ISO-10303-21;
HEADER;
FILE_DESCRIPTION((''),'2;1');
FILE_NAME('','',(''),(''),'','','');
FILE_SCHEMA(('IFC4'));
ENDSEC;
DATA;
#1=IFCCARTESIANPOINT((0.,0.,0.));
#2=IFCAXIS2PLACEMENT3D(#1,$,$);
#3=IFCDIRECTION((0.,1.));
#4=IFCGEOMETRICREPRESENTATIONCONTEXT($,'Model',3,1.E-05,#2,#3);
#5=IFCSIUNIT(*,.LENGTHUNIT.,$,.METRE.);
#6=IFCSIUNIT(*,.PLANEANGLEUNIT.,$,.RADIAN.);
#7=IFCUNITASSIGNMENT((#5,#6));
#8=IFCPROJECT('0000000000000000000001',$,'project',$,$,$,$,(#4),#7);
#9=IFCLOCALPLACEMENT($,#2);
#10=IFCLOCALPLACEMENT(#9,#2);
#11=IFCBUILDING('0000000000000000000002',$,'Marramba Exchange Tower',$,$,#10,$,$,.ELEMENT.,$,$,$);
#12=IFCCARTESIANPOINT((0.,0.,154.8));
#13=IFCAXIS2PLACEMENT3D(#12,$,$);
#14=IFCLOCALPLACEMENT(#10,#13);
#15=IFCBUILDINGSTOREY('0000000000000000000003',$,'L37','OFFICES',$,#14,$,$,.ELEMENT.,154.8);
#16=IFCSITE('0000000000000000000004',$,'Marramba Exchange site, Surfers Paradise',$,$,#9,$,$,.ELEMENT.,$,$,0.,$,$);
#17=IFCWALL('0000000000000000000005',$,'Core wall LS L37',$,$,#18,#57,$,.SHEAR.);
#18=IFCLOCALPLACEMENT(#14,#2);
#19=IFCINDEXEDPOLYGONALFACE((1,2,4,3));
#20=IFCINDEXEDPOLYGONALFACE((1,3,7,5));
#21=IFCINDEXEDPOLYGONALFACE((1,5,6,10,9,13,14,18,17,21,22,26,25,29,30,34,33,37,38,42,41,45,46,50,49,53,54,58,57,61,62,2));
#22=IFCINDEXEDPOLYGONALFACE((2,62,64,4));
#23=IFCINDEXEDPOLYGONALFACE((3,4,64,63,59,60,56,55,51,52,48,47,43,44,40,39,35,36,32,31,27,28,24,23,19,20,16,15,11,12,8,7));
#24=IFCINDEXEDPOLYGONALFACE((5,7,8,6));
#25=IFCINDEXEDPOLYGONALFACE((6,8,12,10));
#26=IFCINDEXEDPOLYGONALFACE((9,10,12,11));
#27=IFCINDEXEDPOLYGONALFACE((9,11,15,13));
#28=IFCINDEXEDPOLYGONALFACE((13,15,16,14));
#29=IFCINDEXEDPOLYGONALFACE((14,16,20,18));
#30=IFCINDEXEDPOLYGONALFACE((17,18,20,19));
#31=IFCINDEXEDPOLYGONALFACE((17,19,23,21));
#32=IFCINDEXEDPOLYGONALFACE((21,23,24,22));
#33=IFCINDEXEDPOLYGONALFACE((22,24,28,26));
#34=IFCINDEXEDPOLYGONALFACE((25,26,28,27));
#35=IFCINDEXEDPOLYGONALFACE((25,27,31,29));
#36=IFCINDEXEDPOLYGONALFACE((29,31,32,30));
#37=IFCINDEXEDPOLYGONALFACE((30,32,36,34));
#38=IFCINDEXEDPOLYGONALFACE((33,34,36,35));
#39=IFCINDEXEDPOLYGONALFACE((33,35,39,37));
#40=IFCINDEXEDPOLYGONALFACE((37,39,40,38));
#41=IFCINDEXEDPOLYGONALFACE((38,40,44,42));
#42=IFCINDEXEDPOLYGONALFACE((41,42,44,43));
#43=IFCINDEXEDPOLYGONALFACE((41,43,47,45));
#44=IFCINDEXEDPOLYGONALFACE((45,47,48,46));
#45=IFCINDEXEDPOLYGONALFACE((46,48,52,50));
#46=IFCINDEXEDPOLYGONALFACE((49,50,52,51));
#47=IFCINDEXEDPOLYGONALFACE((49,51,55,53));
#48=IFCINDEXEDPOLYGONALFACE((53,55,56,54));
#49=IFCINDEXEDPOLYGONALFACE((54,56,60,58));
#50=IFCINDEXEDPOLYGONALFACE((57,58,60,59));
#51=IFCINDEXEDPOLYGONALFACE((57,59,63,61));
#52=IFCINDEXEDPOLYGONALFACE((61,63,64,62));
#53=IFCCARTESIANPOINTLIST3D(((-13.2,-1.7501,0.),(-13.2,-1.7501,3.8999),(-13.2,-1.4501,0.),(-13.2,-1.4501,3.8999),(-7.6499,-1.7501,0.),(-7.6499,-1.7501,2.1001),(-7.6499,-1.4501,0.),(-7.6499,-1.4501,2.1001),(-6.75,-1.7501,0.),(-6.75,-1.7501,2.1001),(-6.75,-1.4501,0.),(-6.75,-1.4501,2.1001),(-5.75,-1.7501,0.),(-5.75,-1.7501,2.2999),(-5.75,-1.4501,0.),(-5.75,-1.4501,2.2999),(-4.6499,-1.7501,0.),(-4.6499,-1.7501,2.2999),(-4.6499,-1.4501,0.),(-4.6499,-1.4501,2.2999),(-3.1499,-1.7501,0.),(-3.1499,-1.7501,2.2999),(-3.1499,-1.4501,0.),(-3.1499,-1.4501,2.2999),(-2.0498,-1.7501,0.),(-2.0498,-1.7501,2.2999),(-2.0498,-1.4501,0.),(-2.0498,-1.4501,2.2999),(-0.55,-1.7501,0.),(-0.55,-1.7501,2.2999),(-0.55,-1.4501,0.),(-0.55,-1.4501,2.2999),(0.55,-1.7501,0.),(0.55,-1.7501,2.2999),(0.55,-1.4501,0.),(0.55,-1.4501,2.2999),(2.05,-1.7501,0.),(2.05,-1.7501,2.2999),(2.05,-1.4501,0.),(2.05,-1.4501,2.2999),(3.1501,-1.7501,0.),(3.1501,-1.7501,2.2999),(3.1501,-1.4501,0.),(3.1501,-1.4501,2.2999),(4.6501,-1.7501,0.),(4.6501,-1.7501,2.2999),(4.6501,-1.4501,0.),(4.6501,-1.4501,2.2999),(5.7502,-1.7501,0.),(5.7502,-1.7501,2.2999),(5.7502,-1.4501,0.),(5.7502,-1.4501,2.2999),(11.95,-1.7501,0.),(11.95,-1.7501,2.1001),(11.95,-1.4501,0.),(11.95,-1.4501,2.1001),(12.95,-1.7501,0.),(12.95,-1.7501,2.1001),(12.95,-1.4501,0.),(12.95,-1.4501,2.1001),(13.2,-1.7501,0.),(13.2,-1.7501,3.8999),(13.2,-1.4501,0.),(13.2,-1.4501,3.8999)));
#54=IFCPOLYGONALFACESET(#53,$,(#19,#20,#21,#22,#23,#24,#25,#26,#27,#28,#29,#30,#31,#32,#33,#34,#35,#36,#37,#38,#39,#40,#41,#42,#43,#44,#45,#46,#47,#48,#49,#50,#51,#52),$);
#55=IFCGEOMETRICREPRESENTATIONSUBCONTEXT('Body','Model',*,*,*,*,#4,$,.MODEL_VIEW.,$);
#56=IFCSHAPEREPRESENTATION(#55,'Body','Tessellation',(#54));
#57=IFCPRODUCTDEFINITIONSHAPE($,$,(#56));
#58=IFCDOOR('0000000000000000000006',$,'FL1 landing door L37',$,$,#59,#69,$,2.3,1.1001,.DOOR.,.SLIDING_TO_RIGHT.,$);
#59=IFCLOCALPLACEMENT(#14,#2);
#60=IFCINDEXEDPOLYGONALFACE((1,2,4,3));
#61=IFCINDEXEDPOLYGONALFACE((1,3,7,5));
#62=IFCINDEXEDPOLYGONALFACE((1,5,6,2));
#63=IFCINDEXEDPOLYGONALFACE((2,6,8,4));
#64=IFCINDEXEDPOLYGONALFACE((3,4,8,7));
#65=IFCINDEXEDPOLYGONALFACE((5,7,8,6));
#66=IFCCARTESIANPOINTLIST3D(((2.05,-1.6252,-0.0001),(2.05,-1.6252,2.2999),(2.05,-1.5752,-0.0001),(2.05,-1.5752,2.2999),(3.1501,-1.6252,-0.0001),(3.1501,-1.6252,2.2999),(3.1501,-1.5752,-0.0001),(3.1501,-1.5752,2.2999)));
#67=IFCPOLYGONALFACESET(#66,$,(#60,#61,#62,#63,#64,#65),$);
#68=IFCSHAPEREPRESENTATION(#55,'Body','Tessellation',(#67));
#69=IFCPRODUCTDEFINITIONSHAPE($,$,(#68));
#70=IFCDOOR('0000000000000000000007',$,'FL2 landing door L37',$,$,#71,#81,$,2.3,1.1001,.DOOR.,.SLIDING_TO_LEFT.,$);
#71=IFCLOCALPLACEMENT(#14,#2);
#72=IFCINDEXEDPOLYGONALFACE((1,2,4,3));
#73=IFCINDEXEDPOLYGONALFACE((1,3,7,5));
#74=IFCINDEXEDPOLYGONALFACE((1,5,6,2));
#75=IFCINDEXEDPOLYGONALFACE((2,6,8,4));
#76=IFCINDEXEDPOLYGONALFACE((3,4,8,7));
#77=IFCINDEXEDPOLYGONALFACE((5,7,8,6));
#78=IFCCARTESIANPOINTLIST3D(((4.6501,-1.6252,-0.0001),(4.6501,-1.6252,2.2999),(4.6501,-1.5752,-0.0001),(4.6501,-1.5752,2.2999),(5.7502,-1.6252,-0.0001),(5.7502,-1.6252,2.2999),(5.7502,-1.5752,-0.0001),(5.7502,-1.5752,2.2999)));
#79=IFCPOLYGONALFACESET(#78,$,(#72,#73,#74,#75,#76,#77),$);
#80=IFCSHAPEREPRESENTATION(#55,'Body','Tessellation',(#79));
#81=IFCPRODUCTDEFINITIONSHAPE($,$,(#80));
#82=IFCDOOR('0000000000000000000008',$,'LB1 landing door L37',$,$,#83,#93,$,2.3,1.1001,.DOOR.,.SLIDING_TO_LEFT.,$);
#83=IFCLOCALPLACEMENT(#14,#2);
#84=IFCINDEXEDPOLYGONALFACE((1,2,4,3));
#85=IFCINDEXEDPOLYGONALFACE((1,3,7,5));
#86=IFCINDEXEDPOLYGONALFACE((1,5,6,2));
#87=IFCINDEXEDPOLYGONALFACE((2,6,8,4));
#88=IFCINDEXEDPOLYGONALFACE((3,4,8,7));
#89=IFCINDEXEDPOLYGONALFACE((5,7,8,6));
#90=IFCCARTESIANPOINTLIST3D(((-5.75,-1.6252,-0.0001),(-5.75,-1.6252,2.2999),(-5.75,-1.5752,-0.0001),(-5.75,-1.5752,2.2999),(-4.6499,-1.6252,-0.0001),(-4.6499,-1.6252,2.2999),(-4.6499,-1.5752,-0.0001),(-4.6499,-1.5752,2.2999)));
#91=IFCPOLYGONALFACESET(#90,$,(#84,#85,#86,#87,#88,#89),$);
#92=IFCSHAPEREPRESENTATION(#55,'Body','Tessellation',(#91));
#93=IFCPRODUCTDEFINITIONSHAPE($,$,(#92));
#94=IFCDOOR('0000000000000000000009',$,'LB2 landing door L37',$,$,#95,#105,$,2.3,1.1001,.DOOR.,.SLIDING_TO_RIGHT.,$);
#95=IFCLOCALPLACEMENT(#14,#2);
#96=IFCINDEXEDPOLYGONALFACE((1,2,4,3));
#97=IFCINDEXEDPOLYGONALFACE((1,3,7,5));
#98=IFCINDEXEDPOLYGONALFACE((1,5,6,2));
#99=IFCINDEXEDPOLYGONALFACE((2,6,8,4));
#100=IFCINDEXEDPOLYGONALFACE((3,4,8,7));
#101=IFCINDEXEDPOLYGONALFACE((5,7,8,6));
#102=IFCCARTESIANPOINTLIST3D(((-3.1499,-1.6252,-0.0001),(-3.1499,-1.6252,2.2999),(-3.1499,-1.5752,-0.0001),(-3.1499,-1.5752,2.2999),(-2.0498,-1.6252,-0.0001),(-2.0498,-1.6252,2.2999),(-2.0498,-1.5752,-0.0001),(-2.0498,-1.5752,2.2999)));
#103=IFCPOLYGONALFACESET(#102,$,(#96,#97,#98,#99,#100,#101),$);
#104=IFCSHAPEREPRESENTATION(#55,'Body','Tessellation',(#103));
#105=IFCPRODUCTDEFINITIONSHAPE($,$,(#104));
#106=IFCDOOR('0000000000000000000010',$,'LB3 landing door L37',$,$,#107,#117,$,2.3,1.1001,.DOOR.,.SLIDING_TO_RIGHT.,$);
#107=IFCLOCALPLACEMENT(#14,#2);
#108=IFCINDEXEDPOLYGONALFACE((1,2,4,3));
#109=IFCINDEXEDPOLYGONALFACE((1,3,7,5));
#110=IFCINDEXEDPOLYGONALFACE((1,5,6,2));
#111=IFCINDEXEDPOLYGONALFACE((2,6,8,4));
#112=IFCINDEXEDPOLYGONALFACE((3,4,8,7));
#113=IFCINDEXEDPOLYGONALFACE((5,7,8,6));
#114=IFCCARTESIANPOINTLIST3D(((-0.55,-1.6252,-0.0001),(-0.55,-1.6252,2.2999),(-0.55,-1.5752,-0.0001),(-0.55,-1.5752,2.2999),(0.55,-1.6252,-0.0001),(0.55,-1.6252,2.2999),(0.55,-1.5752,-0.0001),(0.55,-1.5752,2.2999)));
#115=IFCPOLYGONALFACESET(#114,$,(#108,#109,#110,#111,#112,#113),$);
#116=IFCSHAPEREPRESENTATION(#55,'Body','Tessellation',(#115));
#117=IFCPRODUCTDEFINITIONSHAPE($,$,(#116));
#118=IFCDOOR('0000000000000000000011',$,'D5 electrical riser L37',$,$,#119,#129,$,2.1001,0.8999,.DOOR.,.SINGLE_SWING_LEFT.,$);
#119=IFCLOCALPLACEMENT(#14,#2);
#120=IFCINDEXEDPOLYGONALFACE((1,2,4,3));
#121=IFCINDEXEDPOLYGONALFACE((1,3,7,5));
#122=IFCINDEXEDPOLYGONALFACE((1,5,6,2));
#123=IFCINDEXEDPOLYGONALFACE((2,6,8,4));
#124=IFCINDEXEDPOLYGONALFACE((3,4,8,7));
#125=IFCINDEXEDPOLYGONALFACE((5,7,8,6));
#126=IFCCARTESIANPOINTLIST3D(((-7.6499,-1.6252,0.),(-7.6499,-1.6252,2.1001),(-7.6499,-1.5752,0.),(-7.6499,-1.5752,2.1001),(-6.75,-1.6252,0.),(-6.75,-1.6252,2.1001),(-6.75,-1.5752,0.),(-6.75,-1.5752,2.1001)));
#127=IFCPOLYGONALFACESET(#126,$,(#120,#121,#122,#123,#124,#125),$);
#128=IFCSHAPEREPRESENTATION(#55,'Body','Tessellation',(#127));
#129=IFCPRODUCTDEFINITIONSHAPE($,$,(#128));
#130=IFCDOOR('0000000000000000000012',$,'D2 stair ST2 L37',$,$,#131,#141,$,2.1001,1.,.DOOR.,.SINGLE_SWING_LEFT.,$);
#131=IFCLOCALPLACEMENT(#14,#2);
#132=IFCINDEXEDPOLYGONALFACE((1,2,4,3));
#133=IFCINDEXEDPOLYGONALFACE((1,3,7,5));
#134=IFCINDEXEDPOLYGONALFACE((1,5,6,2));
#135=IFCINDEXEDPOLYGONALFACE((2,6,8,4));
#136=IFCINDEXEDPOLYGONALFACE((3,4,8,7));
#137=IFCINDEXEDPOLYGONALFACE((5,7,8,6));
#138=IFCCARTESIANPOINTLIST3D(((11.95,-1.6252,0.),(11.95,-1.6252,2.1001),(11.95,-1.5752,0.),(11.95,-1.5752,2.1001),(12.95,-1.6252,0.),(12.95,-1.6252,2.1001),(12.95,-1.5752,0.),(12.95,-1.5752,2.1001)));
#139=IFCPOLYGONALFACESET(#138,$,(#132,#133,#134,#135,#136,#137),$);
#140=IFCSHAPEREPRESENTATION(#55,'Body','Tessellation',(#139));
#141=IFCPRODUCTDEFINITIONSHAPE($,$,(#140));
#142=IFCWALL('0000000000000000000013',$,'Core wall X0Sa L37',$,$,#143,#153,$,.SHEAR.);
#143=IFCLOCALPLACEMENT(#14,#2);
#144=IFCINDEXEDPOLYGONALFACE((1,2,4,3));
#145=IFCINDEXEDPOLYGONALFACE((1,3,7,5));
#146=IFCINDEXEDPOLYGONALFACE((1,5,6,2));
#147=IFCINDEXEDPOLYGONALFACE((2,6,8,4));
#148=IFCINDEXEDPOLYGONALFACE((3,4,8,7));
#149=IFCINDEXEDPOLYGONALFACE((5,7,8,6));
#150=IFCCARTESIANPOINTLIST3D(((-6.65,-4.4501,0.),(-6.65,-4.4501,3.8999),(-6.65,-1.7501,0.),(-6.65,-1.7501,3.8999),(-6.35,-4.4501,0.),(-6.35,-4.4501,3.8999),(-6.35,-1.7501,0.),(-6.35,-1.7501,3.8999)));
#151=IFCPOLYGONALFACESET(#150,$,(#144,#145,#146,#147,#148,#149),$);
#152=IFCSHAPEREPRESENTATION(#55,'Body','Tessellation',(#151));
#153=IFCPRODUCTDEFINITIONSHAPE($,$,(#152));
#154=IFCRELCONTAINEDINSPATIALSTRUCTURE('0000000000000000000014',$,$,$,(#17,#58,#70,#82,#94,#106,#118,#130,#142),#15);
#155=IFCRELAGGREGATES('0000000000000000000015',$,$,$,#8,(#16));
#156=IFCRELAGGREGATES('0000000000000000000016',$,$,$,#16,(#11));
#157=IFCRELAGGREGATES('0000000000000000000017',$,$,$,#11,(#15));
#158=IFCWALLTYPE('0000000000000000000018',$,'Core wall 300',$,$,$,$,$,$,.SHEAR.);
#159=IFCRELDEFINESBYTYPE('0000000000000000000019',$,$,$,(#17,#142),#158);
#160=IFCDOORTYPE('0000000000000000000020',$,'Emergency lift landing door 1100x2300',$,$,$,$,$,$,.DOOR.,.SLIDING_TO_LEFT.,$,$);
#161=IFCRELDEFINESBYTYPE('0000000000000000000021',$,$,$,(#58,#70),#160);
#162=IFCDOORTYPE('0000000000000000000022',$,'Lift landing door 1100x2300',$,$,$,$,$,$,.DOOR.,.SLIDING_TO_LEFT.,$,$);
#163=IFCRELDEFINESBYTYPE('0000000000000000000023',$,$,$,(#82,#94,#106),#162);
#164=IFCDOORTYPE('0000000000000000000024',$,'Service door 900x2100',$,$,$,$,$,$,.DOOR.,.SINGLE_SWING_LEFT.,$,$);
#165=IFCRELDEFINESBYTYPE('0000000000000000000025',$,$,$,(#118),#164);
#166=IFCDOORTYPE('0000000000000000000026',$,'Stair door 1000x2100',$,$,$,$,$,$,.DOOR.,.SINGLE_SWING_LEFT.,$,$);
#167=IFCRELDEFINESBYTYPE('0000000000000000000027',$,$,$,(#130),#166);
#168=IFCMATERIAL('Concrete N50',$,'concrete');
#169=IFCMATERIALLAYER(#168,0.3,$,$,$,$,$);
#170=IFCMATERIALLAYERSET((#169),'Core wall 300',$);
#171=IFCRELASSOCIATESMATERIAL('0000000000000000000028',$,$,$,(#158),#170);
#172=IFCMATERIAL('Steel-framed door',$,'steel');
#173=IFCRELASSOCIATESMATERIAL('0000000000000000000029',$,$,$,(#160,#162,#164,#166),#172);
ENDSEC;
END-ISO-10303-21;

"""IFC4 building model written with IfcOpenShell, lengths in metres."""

from ifc_helpers import new_model, si_unit, direction, frame, frame_2d, origin, place, context, subcontext, project, spatial, rectangle, extrude, material, layer, layer_set, type_object, element, fill, save


model = new_model("IFC4")

# Units and contexts
model_context = context("Model", 3, precision=1e-05, world=origin(), true_north=direction((0.0, 1.0)))
body_context = subcontext(model_context, "Body", "Model", "MODEL_VIEW")
ifc_project = project(units=[si_unit("LENGTHUNIT", "METRE"), si_unit("PLANEANGLEUNIT", "RADIAN")], contexts=[model_context])

# Site, building, storey
site_placement = place(None, origin())
site = spatial("IfcSite", under=ifc_project, at=site_placement, Name="Marramba Exchange site, Surfers Paradise", CompositionType="ELEMENT", RefElevation=0.0)
building_placement = place(site_placement, origin())
building = spatial("IfcBuilding", under=site, at=building_placement, Name="Marramba Exchange Tower", CompositionType="ELEMENT")
storey_placement = place(building_placement, frame((0.0, 0.0, 154.8)))
storey = spatial("IfcBuildingStorey", under=building, at=storey_placement, Name="L37", Description="OFFICES", CompositionType="ELEMENT", Elevation=154.8)

# Shared definitions
ifc_material_1 = material(Name="Concrete N50", Category="concrete")

# Wall, openings, doors
ifc_layer_1 = layer(ifc_material_1, 0.3)
ifc_layer_set_1 = layer_set([ifc_layer_1], Name="Core wall 300")
wall_type_1 = type_object("IfcWallType", Name="Core wall 300", PredefinedType="SHEAR", material=ifc_layer_set_1)
wall_1_placement = place(storey_placement, frame((-13.2, -1.6001, 0.0), z_axis=(0.0, 0.0, 1.0), x_axis=(1.0, 0.0, 0.0)))
wall_1 = element("IfcWall", 1, at=wall_1_placement, inside=storey, type_object=wall_type_1, Name="Core wall LS L37", PredefinedType="SHEAR", context=body_context, shape_type="SweptSolid", body=[
    extrude(rectangle(XDim=26.3999, YDim=0.3, at=frame_2d((13.2, 0.0))), origin(), (0.0, 0.0, 1.0), 3.8999),
])
opening_1_placement = place(wall_1_placement, frame((25.1499, 0.0, 0.0)))
opening_1 = element("IfcOpeningElement", 2, at=opening_1_placement, cuts=wall_1, PredefinedType="OPENING", context=body_context, shape_type="SweptSolid", body=[
    extrude(rectangle(XDim=1.0, YDim=2.1001, at=frame_2d((0.5, 1.05))), frame((0.0, 0.1599, 0.0), z_axis=(0.0, -1.0, 0.0), x_axis=(1.0, 0.0, 0.0)), (0.0, 0.0, 1.0), 0.3201),
])
opening_2_placement = place(wall_1_placement, frame((7.45, 0.0, 0.0)))
opening_2 = element("IfcOpeningElement", 3, at=opening_2_placement, cuts=wall_1, PredefinedType="OPENING", context=body_context, shape_type="SweptSolid", body=[
    extrude(rectangle(XDim=1.1001, YDim=2.3, at=frame_2d((0.55, 1.1499))), frame((0.0, 0.1599, 0.0), z_axis=(0.0, -1.0, 0.0), x_axis=(1.0, 0.0, 0.0)), (0.0, 0.0, 1.0), 0.3201),
])
opening_3_placement = place(wall_1_placement, frame((10.05, 0.0, 0.0)))
opening_3 = element("IfcOpeningElement", 4, at=opening_3_placement, cuts=wall_1, PredefinedType="OPENING", context=body_context, shape_type="SweptSolid", body=[
    extrude(rectangle(XDim=1.1001, YDim=2.3, at=frame_2d((0.55, 1.1499))), frame((0.0, 0.1599, 0.0), z_axis=(0.0, -1.0, 0.0), x_axis=(1.0, 0.0, 0.0)), (0.0, 0.0, 1.0), 0.3201),
])
opening_4_placement = place(wall_1_placement, frame((12.6499, 0.0, 0.0)))
opening_4 = element("IfcOpeningElement", 5, at=opening_4_placement, cuts=wall_1, PredefinedType="OPENING", context=body_context, shape_type="SweptSolid", body=[
    extrude(rectangle(XDim=1.1001, YDim=2.3, at=frame_2d((0.55, 1.1499))), frame((0.0, 0.1599, 0.0), z_axis=(0.0, -1.0, 0.0), x_axis=(1.0, 0.0, 0.0)), (0.0, 0.0, 1.0), 0.3201),
])
opening_5_placement = place(wall_1_placement, frame((15.25, 0.0, 0.0)))
opening_5 = element("IfcOpeningElement", 6, at=opening_5_placement, cuts=wall_1, PredefinedType="OPENING", context=body_context, shape_type="SweptSolid", body=[
    extrude(rectangle(XDim=1.1001, YDim=2.3, at=frame_2d((0.55, 1.1499))), frame((0.0, 0.1599, 0.0), z_axis=(0.0, -1.0, 0.0), x_axis=(1.0, 0.0, 0.0)), (0.0, 0.0, 1.0), 0.3201),
])
opening_6_placement = place(wall_1_placement, frame((17.8501, 0.0, 0.0)))
opening_6 = element("IfcOpeningElement", 7, at=opening_6_placement, cuts=wall_1, PredefinedType="OPENING", context=body_context, shape_type="SweptSolid", body=[
    extrude(rectangle(XDim=1.1001, YDim=2.3, at=frame_2d((0.55, 1.1499))), frame((0.0, 0.1599, 0.0), z_axis=(0.0, -1.0, 0.0), x_axis=(1.0, 0.0, 0.0)), (0.0, 0.0, 1.0), 0.3201),
])
opening_7_placement = place(wall_1_placement, frame((5.55, 0.0, 0.0)))
opening_7 = element("IfcOpeningElement", 8, at=opening_7_placement, cuts=wall_1, PredefinedType="OPENING", context=body_context, shape_type="SweptSolid", body=[
    extrude(rectangle(XDim=0.8999, YDim=2.1001, at=frame_2d((0.45, 1.05))), frame((0.0, 0.1599, 0.0), z_axis=(0.0, -1.0, 0.0), x_axis=(1.0, 0.0, 0.0)), (0.0, 0.0, 1.0), 0.3201),
])
ifc_material_2 = material(Name="Steel-framed door", Category="steel")
door_type_1 = type_object("IfcDoorType", Name="Emergency lift landing door 1100x2300", OperationType="SLIDING_TO_LEFT", PredefinedType="DOOR", material=ifc_material_2)
door_1_placement = place(opening_5_placement, frame((1.1001, 0.0, 0.0), z_axis=(0.0, 0.0, 1.0), x_axis=(-1.0, 0.0, 0.0)))
door_1 = element("IfcDoor", 9, at=door_1_placement, inside=storey, type_object=door_type_1, Name="FL1 landing door L37", OperationType="SLIDING_TO_RIGHT", OverallHeight=2.3, OverallWidth=1.1001, PredefinedType="DOOR", context=body_context, shape_type="SweptSolid", body=[
    extrude(rectangle(XDim=1.1001, YDim=2.3, at=frame_2d((0.55, 1.1499))), frame((0.0, 0.0251, 0.0), z_axis=(0.0, -1.0, 0.0), x_axis=(1.0, 0.0, 0.0)), (0.0, 0.0, 1.0), 0.05),
])
fill(opening_5, door_1)
door_2_placement = place(opening_6_placement, frame((1.1001, 0.0, 0.0), z_axis=(0.0, 0.0, 1.0), x_axis=(-1.0, 0.0, 0.0)))
door_2 = element("IfcDoor", 10, at=door_2_placement, inside=storey, type_object=door_type_1, Name="FL2 landing door L37", OperationType="SLIDING_TO_LEFT", OverallHeight=2.3, OverallWidth=1.1001, PredefinedType="DOOR", context=body_context, shape_type="SweptSolid", body=[
    extrude(rectangle(XDim=1.1001, YDim=2.3, at=frame_2d((0.55, 1.1499))), frame((0.0, 0.0251, 0.0), z_axis=(0.0, -1.0, 0.0), x_axis=(1.0, 0.0, 0.0)), (0.0, 0.0, 1.0), 0.05),
])
fill(opening_6, door_2)
door_type_2 = type_object("IfcDoorType", Name="Lift landing door 1100x2300", OperationType="SLIDING_TO_LEFT", PredefinedType="DOOR", material=ifc_material_2)
door_3_placement = place(opening_2_placement, frame((1.1001, 0.0, 0.0), z_axis=(0.0, 0.0, 1.0), x_axis=(-1.0, 0.0, 0.0)))
door_3 = element("IfcDoor", 11, at=door_3_placement, inside=storey, type_object=door_type_2, Name="LB1 landing door L37", OperationType="SLIDING_TO_LEFT", OverallHeight=2.3, OverallWidth=1.1001, PredefinedType="DOOR", context=body_context, shape_type="SweptSolid", body=[
    extrude(rectangle(XDim=1.1001, YDim=2.3, at=frame_2d((0.55, 1.1499))), frame((0.0, 0.0251, 0.0), z_axis=(0.0, -1.0, 0.0), x_axis=(1.0, 0.0, 0.0)), (0.0, 0.0, 1.0), 0.05),
])
fill(opening_2, door_3)
door_4_placement = place(opening_3_placement, frame((1.1001, 0.0, 0.0), z_axis=(0.0, 0.0, 1.0), x_axis=(-1.0, 0.0, 0.0)))
door_4 = element("IfcDoor", 12, at=door_4_placement, inside=storey, type_object=door_type_2, Name="LB2 landing door L37", OperationType="SLIDING_TO_RIGHT", OverallHeight=2.3, OverallWidth=1.1001, PredefinedType="DOOR", context=body_context, shape_type="SweptSolid", body=[
    extrude(rectangle(XDim=1.1001, YDim=2.3, at=frame_2d((0.55, 1.1499))), frame((0.0, 0.0251, 0.0), z_axis=(0.0, -1.0, 0.0), x_axis=(1.0, 0.0, 0.0)), (0.0, 0.0, 1.0), 0.05),
])
fill(opening_3, door_4)
door_5_placement = place(opening_4_placement, frame((1.1001, 0.0, 0.0), z_axis=(0.0, 0.0, 1.0), x_axis=(-1.0, 0.0, 0.0)))
door_5 = element("IfcDoor", 13, at=door_5_placement, inside=storey, type_object=door_type_2, Name="LB3 landing door L37", OperationType="SLIDING_TO_RIGHT", OverallHeight=2.3, OverallWidth=1.1001, PredefinedType="DOOR", context=body_context, shape_type="SweptSolid", body=[
    extrude(rectangle(XDim=1.1001, YDim=2.3, at=frame_2d((0.55, 1.1499))), frame((0.0, 0.0251, 0.0), z_axis=(0.0, -1.0, 0.0), x_axis=(1.0, 0.0, 0.0)), (0.0, 0.0, 1.0), 0.05),
])
fill(opening_4, door_5)
door_type_3 = type_object("IfcDoorType", Name="Service door 900x2100", OperationType="SINGLE_SWING_LEFT", PredefinedType="DOOR", material=ifc_material_2)
door_6_placement = place(opening_7_placement, frame((0.8999, 0.0, 0.0), z_axis=(0.0, 0.0, 1.0), x_axis=(-1.0, 0.0, 0.0)))
door_6 = element("IfcDoor", 14, at=door_6_placement, inside=storey, type_object=door_type_3, Name="D5 electrical riser L37", OperationType="SINGLE_SWING_LEFT", OverallHeight=2.1001, OverallWidth=0.8999, PredefinedType="DOOR", context=body_context, shape_type="SweptSolid", body=[
    extrude(rectangle(XDim=0.8999, YDim=2.1001, at=frame_2d((0.45, 1.05))), frame((0.0, 0.0251, 0.0), z_axis=(0.0, -1.0, 0.0), x_axis=(1.0, 0.0, 0.0)), (0.0, 0.0, 1.0), 0.05),
])
fill(opening_7, door_6)
door_type_4 = type_object("IfcDoorType", Name="Stair door 1000x2100", OperationType="SINGLE_SWING_LEFT", PredefinedType="DOOR", material=ifc_material_2)
door_7_placement = place(opening_1_placement, frame((1.0, 0.0, 0.0), z_axis=(0.0, 0.0, 1.0), x_axis=(-1.0, 0.0, 0.0)))
door_7 = element("IfcDoor", 15, at=door_7_placement, inside=storey, type_object=door_type_4, Name="D2 stair ST2 L37", OperationType="SINGLE_SWING_LEFT", OverallHeight=2.1001, OverallWidth=1.0, PredefinedType="DOOR", context=body_context, shape_type="SweptSolid", body=[
    extrude(rectangle(XDim=1.0, YDim=2.1001, at=frame_2d((0.5, 1.05))), frame((0.0, 0.0251, 0.0), z_axis=(0.0, -1.0, 0.0), x_axis=(1.0, 0.0, 0.0)), (0.0, 0.0, 1.0), 0.05),
])
fill(opening_1, door_7)

# Wall
wall_2_placement = place(storey_placement, frame((-6.5, -1.75, 0.0), z_axis=(0.0, 0.0, 1.0), x_axis=(0.0, -1.0, 0.0)))
element("IfcWall", 16, at=wall_2_placement, inside=storey, type_object=wall_type_1, Name="Core wall X0Sa L37", PredefinedType="SHEAR", context=body_context, shape_type="SweptSolid", body=[
    extrude(rectangle(XDim=2.7, YDim=0.3, at=frame_2d((1.3501, 0.0))), origin(), (0.0, 0.0, 1.0), 3.8999),
])

save(model, "model.ifc")
